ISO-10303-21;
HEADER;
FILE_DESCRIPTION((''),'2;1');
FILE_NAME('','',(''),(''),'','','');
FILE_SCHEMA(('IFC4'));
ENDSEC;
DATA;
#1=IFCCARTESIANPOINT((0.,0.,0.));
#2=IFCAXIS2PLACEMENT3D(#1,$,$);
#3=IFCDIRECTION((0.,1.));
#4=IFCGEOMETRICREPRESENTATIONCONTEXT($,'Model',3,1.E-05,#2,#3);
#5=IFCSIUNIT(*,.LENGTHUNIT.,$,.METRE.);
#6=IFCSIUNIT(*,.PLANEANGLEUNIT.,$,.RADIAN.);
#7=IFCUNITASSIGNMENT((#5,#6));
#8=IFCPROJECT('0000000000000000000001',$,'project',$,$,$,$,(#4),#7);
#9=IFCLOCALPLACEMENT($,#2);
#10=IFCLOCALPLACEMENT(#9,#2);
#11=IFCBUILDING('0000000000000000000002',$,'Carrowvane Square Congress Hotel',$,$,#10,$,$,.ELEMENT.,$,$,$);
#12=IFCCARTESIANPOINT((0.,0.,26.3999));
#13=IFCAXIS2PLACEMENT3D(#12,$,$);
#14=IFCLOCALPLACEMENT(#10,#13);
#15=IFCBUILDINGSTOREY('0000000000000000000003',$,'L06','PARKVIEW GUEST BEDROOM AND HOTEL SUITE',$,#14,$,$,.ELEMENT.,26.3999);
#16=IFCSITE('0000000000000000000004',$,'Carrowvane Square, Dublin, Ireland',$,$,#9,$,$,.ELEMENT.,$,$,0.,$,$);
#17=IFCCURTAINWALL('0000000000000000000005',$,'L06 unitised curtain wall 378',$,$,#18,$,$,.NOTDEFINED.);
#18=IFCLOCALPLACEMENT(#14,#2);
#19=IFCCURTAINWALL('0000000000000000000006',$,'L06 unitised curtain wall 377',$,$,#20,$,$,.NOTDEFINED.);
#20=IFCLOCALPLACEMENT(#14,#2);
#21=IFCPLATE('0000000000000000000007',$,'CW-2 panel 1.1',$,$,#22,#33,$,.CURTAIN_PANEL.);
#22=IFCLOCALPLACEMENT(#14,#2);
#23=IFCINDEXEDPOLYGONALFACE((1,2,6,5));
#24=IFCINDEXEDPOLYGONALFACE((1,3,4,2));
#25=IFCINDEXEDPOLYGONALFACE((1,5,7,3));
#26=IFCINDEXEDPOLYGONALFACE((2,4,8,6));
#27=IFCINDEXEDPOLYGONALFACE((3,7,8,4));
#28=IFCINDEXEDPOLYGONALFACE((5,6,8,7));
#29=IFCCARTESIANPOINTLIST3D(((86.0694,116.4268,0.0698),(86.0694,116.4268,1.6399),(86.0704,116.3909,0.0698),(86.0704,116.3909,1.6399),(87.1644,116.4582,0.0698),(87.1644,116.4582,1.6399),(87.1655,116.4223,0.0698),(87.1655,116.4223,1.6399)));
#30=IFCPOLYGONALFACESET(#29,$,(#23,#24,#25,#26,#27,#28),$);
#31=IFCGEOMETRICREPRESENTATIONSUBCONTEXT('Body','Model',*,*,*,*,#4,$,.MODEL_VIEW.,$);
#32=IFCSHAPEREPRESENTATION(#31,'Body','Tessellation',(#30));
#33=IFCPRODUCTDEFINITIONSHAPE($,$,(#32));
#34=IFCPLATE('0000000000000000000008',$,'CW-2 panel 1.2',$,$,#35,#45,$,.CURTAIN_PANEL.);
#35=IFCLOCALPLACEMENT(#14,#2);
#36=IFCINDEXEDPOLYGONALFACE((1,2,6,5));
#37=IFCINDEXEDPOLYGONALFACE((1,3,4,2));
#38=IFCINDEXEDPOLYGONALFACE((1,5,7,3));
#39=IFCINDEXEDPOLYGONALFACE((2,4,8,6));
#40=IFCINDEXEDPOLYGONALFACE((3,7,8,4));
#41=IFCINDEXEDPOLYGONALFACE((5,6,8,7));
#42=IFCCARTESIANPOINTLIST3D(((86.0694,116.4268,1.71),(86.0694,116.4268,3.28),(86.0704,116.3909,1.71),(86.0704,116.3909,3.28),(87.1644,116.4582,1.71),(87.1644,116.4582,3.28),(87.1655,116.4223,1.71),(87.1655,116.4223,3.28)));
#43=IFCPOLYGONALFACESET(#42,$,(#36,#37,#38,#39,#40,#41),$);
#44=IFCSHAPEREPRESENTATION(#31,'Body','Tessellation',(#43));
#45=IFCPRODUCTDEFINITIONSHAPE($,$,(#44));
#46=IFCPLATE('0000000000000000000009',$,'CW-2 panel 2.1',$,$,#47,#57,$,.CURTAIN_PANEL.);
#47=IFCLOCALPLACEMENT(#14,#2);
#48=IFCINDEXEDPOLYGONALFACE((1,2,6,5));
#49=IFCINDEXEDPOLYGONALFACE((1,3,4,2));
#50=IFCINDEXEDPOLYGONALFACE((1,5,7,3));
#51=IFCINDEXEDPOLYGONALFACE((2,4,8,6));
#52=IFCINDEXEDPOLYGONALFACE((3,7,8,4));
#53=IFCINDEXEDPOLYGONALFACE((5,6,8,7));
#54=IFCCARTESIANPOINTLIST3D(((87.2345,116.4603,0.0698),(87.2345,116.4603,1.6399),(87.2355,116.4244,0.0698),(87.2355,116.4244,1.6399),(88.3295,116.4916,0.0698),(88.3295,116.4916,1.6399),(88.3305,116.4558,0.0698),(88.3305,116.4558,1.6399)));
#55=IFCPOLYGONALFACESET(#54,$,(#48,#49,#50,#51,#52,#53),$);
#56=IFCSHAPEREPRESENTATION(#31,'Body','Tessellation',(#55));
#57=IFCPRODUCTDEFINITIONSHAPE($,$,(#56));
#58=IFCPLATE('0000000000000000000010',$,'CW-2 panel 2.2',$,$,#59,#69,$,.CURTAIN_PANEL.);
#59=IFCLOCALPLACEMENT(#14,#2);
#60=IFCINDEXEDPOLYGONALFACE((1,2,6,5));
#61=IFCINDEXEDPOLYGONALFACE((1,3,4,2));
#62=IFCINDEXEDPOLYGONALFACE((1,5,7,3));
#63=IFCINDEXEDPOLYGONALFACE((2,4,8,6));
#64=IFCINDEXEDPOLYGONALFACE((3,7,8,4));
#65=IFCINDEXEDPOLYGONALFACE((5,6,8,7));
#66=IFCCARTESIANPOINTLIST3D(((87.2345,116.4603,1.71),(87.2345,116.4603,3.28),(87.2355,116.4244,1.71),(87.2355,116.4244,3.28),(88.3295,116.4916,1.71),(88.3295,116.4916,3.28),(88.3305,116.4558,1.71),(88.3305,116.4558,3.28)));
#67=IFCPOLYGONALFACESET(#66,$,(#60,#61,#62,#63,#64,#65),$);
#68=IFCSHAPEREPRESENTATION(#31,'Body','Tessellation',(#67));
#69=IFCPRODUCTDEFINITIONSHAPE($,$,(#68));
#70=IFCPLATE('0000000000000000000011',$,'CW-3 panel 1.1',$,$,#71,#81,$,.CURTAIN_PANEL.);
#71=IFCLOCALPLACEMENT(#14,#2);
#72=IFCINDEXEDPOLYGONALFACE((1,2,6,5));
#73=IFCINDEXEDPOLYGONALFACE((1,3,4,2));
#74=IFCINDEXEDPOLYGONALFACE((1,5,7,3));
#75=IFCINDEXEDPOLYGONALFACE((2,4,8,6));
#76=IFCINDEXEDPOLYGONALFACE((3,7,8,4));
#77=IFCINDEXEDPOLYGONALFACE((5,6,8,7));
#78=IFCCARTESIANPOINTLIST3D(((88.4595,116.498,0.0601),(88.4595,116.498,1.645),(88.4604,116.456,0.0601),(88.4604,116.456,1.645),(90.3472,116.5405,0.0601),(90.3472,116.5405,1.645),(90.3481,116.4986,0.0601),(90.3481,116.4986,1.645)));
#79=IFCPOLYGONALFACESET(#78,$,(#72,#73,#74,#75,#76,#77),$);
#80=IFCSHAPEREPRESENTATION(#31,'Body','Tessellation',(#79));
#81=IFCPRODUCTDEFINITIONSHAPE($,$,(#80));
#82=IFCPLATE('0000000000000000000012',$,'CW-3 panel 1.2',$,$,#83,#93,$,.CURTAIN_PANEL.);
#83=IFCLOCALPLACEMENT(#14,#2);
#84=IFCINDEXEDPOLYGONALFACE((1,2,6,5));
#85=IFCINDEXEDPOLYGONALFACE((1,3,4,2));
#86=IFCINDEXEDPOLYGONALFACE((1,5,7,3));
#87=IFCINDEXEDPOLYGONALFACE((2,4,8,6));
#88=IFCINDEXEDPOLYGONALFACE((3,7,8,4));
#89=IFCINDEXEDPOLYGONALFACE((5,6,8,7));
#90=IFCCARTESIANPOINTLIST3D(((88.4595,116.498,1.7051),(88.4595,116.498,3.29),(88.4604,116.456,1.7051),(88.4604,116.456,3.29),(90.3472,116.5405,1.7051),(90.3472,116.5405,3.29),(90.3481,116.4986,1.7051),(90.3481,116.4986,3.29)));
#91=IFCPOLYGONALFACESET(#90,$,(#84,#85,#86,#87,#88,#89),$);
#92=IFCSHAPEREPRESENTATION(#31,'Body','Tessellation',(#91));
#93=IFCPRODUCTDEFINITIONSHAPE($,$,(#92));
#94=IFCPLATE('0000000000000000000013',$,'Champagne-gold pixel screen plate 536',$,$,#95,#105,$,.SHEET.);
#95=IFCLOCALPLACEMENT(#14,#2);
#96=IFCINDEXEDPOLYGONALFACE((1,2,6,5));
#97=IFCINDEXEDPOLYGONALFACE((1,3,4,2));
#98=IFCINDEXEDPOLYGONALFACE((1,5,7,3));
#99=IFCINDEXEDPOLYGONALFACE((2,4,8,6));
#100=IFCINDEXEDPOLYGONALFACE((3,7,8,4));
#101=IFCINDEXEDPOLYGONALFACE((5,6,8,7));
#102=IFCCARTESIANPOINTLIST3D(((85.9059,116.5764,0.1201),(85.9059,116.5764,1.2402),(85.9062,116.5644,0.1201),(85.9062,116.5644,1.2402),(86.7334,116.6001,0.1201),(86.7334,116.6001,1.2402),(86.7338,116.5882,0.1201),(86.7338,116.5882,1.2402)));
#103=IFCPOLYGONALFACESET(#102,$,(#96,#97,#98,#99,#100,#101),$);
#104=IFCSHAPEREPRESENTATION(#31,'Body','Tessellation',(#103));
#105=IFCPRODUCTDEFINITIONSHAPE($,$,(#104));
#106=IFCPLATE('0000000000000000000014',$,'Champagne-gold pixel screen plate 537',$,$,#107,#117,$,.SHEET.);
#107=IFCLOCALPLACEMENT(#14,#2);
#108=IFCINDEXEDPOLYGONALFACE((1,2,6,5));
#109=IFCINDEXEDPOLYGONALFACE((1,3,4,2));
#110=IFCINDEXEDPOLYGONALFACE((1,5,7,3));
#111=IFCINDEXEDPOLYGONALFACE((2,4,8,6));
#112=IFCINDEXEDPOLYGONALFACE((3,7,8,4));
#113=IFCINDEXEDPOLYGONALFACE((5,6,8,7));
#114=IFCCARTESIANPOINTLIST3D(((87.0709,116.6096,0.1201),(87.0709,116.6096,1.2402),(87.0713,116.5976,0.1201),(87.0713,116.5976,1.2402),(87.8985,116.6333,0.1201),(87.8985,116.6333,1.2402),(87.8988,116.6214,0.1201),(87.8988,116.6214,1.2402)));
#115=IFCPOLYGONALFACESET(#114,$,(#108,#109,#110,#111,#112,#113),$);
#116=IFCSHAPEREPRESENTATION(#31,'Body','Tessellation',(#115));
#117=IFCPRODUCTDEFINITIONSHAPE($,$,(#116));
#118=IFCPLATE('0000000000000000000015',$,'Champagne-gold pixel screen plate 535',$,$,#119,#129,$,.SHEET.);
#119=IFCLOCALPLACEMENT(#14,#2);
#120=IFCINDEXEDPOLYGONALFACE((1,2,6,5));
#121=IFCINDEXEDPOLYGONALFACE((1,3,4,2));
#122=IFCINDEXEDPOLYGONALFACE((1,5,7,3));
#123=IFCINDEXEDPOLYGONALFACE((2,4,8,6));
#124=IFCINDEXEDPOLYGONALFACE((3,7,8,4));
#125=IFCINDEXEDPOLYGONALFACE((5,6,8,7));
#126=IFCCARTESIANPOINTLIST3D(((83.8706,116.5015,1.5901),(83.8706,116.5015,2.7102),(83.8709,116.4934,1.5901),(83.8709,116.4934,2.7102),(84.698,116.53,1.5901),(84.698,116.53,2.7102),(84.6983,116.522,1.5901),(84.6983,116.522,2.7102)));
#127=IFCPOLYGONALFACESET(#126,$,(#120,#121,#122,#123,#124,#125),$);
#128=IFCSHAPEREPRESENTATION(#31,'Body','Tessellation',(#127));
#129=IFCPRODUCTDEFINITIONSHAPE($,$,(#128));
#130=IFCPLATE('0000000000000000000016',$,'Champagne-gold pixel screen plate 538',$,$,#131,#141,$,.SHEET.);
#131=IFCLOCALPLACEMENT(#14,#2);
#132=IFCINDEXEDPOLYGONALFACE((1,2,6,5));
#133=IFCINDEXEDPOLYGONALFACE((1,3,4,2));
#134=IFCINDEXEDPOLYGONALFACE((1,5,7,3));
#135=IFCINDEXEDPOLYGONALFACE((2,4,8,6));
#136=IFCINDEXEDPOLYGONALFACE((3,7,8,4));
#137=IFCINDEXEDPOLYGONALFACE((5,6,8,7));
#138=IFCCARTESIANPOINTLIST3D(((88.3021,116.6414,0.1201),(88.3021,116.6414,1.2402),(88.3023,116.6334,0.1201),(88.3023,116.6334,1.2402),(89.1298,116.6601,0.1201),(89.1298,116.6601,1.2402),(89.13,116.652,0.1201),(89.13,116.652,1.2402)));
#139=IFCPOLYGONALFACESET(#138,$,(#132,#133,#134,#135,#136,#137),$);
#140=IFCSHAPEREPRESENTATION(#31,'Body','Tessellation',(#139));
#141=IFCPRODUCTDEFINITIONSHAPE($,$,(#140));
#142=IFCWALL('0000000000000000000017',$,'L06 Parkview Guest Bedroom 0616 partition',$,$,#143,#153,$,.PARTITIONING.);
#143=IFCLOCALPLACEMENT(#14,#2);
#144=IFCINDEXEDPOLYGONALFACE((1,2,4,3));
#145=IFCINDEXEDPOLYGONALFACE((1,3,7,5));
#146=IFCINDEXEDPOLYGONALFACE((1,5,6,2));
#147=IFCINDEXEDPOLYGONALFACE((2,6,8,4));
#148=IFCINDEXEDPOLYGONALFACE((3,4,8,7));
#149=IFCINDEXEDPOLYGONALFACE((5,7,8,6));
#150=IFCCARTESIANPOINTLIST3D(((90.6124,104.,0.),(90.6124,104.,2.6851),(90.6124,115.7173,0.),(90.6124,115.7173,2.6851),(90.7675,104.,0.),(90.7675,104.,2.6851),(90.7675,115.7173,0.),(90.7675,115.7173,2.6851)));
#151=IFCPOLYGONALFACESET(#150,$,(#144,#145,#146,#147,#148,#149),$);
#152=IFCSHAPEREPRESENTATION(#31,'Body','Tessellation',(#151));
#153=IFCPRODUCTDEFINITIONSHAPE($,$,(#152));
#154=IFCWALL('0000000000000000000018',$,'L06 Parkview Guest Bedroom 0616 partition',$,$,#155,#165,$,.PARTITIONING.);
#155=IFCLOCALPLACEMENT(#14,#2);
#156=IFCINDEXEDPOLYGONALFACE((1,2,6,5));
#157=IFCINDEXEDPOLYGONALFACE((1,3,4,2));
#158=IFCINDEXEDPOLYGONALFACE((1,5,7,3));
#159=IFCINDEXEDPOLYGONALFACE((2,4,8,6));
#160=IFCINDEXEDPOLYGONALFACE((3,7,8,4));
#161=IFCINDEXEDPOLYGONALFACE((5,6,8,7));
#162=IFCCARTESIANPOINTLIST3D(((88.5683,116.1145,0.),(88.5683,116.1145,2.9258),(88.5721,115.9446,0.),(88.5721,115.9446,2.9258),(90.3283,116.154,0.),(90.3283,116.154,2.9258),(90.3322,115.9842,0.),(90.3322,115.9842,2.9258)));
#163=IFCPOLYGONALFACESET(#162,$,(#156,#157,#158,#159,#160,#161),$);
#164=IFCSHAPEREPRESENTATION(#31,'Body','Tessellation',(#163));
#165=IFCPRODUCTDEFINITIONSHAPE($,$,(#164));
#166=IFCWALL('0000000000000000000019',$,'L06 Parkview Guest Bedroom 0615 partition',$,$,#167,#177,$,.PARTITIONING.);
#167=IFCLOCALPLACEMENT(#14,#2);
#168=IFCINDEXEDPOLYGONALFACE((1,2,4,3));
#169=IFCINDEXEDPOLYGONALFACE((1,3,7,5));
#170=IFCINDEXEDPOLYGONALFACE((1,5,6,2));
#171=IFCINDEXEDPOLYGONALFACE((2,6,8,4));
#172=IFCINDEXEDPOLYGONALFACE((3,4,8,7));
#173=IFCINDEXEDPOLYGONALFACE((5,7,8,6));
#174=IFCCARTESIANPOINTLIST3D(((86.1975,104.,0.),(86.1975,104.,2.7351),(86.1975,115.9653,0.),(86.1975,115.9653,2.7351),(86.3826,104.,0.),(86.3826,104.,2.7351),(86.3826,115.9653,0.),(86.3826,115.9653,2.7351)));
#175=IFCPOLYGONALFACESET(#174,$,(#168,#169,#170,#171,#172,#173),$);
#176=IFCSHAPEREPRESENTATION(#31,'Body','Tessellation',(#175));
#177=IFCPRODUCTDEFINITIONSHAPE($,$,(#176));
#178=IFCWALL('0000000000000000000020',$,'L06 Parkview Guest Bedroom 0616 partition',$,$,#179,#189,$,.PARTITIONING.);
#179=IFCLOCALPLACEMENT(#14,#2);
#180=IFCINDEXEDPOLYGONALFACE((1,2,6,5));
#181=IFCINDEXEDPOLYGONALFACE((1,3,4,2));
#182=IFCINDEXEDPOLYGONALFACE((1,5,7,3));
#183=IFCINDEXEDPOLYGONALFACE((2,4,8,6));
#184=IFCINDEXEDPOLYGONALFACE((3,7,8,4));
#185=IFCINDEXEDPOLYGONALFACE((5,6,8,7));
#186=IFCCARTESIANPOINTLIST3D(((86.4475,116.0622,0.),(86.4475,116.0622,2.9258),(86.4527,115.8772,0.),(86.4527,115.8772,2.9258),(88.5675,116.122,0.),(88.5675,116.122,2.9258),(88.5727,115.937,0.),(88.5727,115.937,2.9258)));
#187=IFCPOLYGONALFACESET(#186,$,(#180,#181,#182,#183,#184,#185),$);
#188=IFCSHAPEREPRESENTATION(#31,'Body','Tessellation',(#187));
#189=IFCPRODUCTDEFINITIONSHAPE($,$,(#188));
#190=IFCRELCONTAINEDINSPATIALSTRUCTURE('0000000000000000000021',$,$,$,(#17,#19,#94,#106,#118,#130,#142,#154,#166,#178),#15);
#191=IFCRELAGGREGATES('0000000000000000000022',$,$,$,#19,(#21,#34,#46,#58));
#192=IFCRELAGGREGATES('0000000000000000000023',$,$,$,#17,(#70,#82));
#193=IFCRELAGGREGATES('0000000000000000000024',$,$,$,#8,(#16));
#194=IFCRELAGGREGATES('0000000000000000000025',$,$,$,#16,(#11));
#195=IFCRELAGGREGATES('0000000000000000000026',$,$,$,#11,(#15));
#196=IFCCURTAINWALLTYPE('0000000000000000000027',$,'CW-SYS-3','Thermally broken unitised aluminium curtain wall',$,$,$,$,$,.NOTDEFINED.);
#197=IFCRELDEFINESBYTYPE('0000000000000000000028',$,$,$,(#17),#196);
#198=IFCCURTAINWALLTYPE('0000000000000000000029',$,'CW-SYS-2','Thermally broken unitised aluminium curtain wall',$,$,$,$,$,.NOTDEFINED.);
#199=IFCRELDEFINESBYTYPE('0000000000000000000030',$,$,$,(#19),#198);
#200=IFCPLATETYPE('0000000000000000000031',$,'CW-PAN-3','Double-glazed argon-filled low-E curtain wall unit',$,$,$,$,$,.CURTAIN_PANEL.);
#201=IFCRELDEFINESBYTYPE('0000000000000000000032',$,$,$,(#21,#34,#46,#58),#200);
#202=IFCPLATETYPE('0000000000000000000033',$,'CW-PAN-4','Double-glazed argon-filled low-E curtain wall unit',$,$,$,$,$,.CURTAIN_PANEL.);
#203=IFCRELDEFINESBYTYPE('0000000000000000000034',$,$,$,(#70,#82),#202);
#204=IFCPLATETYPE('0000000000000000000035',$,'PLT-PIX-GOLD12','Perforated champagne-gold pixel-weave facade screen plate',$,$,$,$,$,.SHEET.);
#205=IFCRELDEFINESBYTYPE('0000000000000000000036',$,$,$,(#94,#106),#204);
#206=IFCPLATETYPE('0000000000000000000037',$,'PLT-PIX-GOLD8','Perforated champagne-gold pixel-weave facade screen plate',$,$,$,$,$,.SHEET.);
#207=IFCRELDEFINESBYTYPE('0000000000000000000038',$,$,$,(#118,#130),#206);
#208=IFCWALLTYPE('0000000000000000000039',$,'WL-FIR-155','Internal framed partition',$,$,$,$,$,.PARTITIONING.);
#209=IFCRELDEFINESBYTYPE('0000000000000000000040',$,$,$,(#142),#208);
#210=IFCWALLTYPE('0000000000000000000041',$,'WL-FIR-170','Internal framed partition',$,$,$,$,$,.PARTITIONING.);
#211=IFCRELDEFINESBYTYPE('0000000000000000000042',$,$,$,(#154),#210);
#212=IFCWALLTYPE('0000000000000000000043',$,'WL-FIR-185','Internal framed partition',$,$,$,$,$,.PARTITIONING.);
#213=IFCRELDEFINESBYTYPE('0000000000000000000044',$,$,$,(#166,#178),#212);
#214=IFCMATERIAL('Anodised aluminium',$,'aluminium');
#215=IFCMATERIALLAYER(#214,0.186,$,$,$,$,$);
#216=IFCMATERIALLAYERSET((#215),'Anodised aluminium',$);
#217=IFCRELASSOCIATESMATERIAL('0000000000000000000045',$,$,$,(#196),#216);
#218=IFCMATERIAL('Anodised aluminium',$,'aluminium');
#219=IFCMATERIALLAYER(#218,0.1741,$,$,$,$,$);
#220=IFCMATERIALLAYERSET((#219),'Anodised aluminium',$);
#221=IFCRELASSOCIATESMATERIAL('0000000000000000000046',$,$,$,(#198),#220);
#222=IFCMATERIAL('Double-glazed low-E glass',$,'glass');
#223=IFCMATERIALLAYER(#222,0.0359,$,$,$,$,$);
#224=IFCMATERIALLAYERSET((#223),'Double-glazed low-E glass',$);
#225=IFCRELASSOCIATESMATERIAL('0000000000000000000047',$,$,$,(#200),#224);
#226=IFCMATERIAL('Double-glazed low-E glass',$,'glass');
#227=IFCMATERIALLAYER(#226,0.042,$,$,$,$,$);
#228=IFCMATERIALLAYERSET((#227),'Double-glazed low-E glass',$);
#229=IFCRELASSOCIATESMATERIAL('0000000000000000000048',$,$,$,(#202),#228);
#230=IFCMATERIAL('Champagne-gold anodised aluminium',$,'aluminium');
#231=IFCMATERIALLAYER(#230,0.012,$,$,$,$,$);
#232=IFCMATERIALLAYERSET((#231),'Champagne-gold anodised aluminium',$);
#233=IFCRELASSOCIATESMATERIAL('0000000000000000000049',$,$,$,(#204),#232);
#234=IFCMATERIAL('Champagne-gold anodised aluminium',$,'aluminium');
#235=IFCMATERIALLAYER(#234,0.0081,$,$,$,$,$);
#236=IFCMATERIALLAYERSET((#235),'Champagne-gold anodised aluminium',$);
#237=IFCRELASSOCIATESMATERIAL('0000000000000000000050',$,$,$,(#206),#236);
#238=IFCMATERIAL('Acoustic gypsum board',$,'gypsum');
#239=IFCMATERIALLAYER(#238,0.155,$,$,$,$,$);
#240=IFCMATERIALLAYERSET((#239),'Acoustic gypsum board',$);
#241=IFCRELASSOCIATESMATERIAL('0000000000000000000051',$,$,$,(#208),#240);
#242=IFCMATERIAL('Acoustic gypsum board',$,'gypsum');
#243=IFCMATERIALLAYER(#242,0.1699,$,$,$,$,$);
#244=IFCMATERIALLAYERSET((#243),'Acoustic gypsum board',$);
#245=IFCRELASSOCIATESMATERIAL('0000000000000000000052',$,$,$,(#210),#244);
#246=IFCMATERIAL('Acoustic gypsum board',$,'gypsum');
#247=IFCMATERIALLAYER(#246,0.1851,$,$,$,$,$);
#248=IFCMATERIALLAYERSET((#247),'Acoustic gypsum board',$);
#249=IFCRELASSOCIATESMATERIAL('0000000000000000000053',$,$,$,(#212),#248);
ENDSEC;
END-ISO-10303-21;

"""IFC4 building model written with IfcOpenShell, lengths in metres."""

from ifc_helpers import new_model, si_unit, direction, frame, frame_2d, origin, origin_2d, place, context, subcontext, project, spatial, rectangle, extrude, material, layer, layer_set, type_object, element, aggregate, save


model = new_model("IFC4")

# Units and contexts
model_context = context("Model", 3, precision=1e-05, world=origin(), true_north=direction((0.0, 1.0)))
body_context = subcontext(model_context, "Body", "Model", "MODEL_VIEW")
ifc_project = project(units=[si_unit("LENGTHUNIT", "METRE"), si_unit("PLANEANGLEUNIT", "RADIAN")], contexts=[model_context])

# Site, building, storey
site_placement = place(None, origin())
site = spatial("IfcSite", under=ifc_project, at=site_placement, Name="Carrowvane Square, Dublin, Ireland", CompositionType="ELEMENT", RefElevation=0.0)
building_placement = place(site_placement, origin())
building = spatial("IfcBuilding", under=site, at=building_placement, Name="Carrowvane Square Congress Hotel", CompositionType="ELEMENT")
storey_placement = place(building_placement, frame((0.0, 0.0, 26.3999)))
storey = spatial("IfcBuildingStorey", under=building, at=storey_placement, Name="L06", Description="PARKVIEW GUEST BEDROOM AND HOTEL SUITE", CompositionType="ELEMENT", Elevation=26.3999)

# Curtain walls
ifc_material_1 = material(Name="Anodised aluminium", Category="aluminium")
ifc_layer_1 = layer(ifc_material_1, 0.186)
ifc_layer_set_1 = layer_set([ifc_layer_1], Name="Anodised aluminium")
curtain_wall_type_1 = type_object("IfcCurtainWallType", Name="CW-SYS-3", Description="Thermally broken unitised aluminium curtain wall", PredefinedType="NOTDEFINED", material=ifc_layer_set_1)
curtain_wall_1_placement = place(storey_placement, origin())
curtain_wall_1 = element("IfcCurtainWall", 1, at=curtain_wall_1_placement, inside=storey, type_object=curtain_wall_type_1, Name="L06 unitised curtain wall 378", PredefinedType="NOTDEFINED")
ifc_material_2 = material(Name="Anodised aluminium", Category="aluminium")
ifc_layer_2 = layer(ifc_material_2, 0.1741)
ifc_layer_set_2 = layer_set([ifc_layer_2], Name="Anodised aluminium")
curtain_wall_type_2 = type_object("IfcCurtainWallType", Name="CW-SYS-2", Description="Thermally broken unitised aluminium curtain wall", PredefinedType="NOTDEFINED", material=ifc_layer_set_2)
curtain_wall_2_placement = place(storey_placement, origin())
curtain_wall_2 = element("IfcCurtainWall", 2, at=curtain_wall_2_placement, inside=storey, type_object=curtain_wall_type_2, Name="L06 unitised curtain wall 377", PredefinedType="NOTDEFINED")

# Plates
ifc_material_3 = material(Name="Double-glazed low-E glass", Category="glass")
ifc_layer_3 = layer(ifc_material_3, 0.0359)
ifc_layer_set_3 = layer_set([ifc_layer_3], Name="Double-glazed low-E glass")
plate_type_1 = type_object("IfcPlateType", Name="CW-PAN-3", Description="Double-glazed argon-filled low-E curtain wall unit", PredefinedType="CURTAIN_PANEL", material=ifc_layer_set_3)
plate_1_placement = place(storey_placement, frame((86.6174, 116.4246, 0.0698), z_axis=(0.0, 0.0, 1.0), x_axis=(0.99959, 0.028638, 0.0)))
plate_1 = element("IfcPlate", 3, at=plate_1_placement, type_object=plate_type_1, Name="CW-2 panel 1.1", PredefinedType="CURTAIN_PANEL", context=body_context, shape_type="SweptSolid", body=[
    extrude(rectangle(XDim=1.0955, YDim=0.0359, at=origin_2d()), origin(), (0.0, 0.0, 1.0), 1.5701),
])
plate_2_placement = place(storey_placement, frame((86.6174, 116.4246, 1.71), z_axis=(0.0, 0.0, 1.0), x_axis=(0.99959, 0.028638, 0.0)))
plate_2 = element("IfcPlate", 4, at=plate_2_placement, type_object=plate_type_1, Name="CW-2 panel 1.2", PredefinedType="CURTAIN_PANEL", context=body_context, shape_type="SweptSolid", body=[
    extrude(rectangle(XDim=1.0955, YDim=0.0359, at=origin_2d()), origin(), (0.0, 0.0, 1.0), 1.5701),
])
plate_3_placement = place(storey_placement, frame((87.7825, 116.458, 0.0698), z_axis=(0.0, 0.0, 1.0), x_axis=(0.99959, 0.028638, 0.0)))
plate_3 = element("IfcPlate", 5, at=plate_3_placement, type_object=plate_type_1, Name="CW-2 panel 2.1", PredefinedType="CURTAIN_PANEL", context=body_context, shape_type="SweptSolid", body=[
    extrude(rectangle(XDim=1.0955, YDim=0.0359, at=origin_2d()), origin(), (0.0, 0.0, 1.0), 1.5701),
])
plate_4_placement = place(storey_placement, frame((87.7825, 116.458, 1.71), z_axis=(0.0, 0.0, 1.0), x_axis=(0.99959, 0.028638, 0.0)))
plate_4 = element("IfcPlate", 6, at=plate_4_placement, type_object=plate_type_1, Name="CW-2 panel 2.2", PredefinedType="CURTAIN_PANEL", context=body_context, shape_type="SweptSolid", body=[
    extrude(rectangle(XDim=1.0955, YDim=0.0359, at=origin_2d()), origin(), (0.0, 0.0, 1.0), 1.5701),
])
aggregate(curtain_wall_2, [plate_1, plate_2, plate_3, plate_4])
ifc_material_4 = material(Name="Double-glazed low-E glass", Category="glass")
ifc_layer_4 = layer(ifc_material_4, 0.042)
ifc_layer_set_4 = layer_set([ifc_layer_4], Name="Double-glazed low-E glass")
plate_type_2 = type_object("IfcPlateType", Name="CW-PAN-4", Description="Double-glazed argon-filled low-E curtain wall unit", PredefinedType="CURTAIN_PANEL", material=ifc_layer_set_4)
plate_5_placement = place(storey_placement, frame((89.4038, 116.4983, 0.0601), z_axis=(0.0, 0.0, 1.0), x_axis=(0.999746, 0.022518, 0.0)))
plate_5 = element("IfcPlate", 7, at=plate_5_placement, type_object=plate_type_2, Name="CW-3 panel 1.1", PredefinedType="CURTAIN_PANEL", context=body_context, shape_type="SweptSolid", body=[
    extrude(rectangle(XDim=1.8882, YDim=0.042, at=origin_2d()), origin(), (0.0, 0.0, 1.0), 1.585),
])
plate_6_placement = place(storey_placement, frame((89.4038, 116.4983, 1.7051), z_axis=(0.0, 0.0, 1.0), x_axis=(0.999746, 0.022518, 0.0)))
plate_6 = element("IfcPlate", 8, at=plate_6_placement, type_object=plate_type_2, Name="CW-3 panel 1.2", PredefinedType="CURTAIN_PANEL", context=body_context, shape_type="SweptSolid", body=[
    extrude(rectangle(XDim=1.8882, YDim=0.042, at=origin_2d()), origin(), (0.0, 0.0, 1.0), 1.585),
])
aggregate(curtain_wall_1, [plate_5, plate_6])

# Plates
ifc_material_5 = material(Name="Champagne-gold anodised aluminium", Category="aluminium")
ifc_layer_5 = layer(ifc_material_5, 0.012)
ifc_layer_set_5 = layer_set([ifc_layer_5], Name="Champagne-gold anodised aluminium")
plate_type_3 = type_object("IfcPlateType", Name="PLT-PIX-GOLD12", Description="Perforated champagne-gold pixel-weave facade screen plate", PredefinedType="SHEET", material=ifc_layer_set_5)
for number, where, z_axis, x_axis, name in (
    (9, (86.3198, 116.5823, 0.1201), (0.0, 0.0, 1.0), (0.99959, 0.028639, 0.0), "Champagne-gold pixel screen plate 536"),
    (10, (87.4849, 116.6155, 0.1201), (0.0, 0.0, 1.0), (0.99959, 0.028639, 0.0), "Champagne-gold pixel screen plate 537"),
):
    element("IfcPlate", number, at=place(storey_placement, frame(where, z_axis=z_axis, x_axis=x_axis)), inside=storey, type_object=plate_type_3, Name=name, PredefinedType="SHEET", context=body_context, shape_type="SweptSolid", body=[
        extrude(rectangle(XDim=0.8279, YDim=0.012, at=origin_2d()), origin(), (0.0, 0.0, 1.0), 1.1201),
    ])
ifc_material_6 = material(Name="Champagne-gold anodised aluminium", Category="aluminium")
ifc_layer_6 = layer(ifc_material_6, 0.0081)
ifc_layer_set_6 = layer_set([ifc_layer_6], Name="Champagne-gold anodised aluminium")
plate_type_4 = type_object("IfcPlateType", Name="PLT-PIX-GOLD8", Description="Perforated champagne-gold pixel-weave facade screen plate", PredefinedType="SHEET", material=ifc_layer_set_6)
for number, where, z_axis, x_axis, name in (
    (11, (84.2844, 116.5117, 1.5901), (0.0, 0.0, 1.0), (0.999404, 0.034527, 0.0), "Champagne-gold pixel screen plate 535"),
    (12, (88.7161, 116.6467, 0.1201), (0.0, 0.0, 1.0), (0.999746, 0.022519, 0.0), "Champagne-gold pixel screen plate 538"),
):
    element("IfcPlate", number, at=place(storey_placement, frame(where, z_axis=z_axis, x_axis=x_axis)), inside=storey, type_object=plate_type_4, Name=name, PredefinedType="SHEET", context=body_context, shape_type="SweptSolid", body=[
        extrude(rectangle(XDim=0.8279, YDim=0.0081, at=origin_2d()), origin(), (0.0, 0.0, 1.0), 1.1201),
    ])

# Walls
ifc_material_7 = material(Name="Acoustic gypsum board", Category="gypsum")
ifc_layer_7 = layer(ifc_material_7, 0.155)
ifc_layer_set_7 = layer_set([ifc_layer_7], Name="Acoustic gypsum board")
wall_type_1 = type_object("IfcWallType", Name="WL-FIR-155", Description="Internal framed partition", PredefinedType="PARTITIONING", material=ifc_layer_set_7)
wall_1_placement = place(storey_placement, frame((90.6899, 115.7173, 0.0), z_axis=(0.0, 0.0, 1.0), x_axis=(0.0, -1.0, 0.0)))
element("IfcWall", 13, at=wall_1_placement, inside=storey, type_object=wall_type_1, Name="L06 Parkview Guest Bedroom 0616 partition", PredefinedType="PARTITIONING", context=body_context, shape_type="SweptSolid", body=[
    extrude(rectangle(XDim=11.7173, YDim=0.155, at=frame_2d((5.8586, 0.0))), origin(), (0.0, 0.0, 1.0), 2.6851),
])
ifc_material_8 = material(Name="Acoustic gypsum board", Category="gypsum")
ifc_layer_8 = layer(ifc_material_8, 0.1699)
ifc_layer_set_8 = layer_set([ifc_layer_8], Name="Acoustic gypsum board")
wall_type_2 = type_object("IfcWallType", Name="WL-FIR-170", Description="Internal framed partition", PredefinedType="PARTITIONING", material=ifc_layer_set_8)
wall_2_placement = place(storey_placement, frame((88.5701, 116.0295, 0.0), z_axis=(0.0, 0.0, 1.0), x_axis=(0.999748, 0.022466, 0.0)))
element("IfcWall", 14, at=wall_2_placement, inside=storey, type_object=wall_type_2, Name="L06 Parkview Guest Bedroom 0616 partition", PredefinedType="PARTITIONING", context=body_context, shape_type="SweptSolid", body=[
    extrude(rectangle(XDim=1.7605, YDim=0.1699, at=frame_2d((0.8804, 0.0))), origin(), (0.0, 0.0, 1.0), 2.9258),
])
ifc_material_9 = material(Name="Acoustic gypsum board", Category="gypsum")
ifc_layer_9 = layer(ifc_material_9, 0.1851)
ifc_layer_set_9 = layer_set([ifc_layer_9], Name="Acoustic gypsum board")
wall_type_3 = type_object("IfcWallType", Name="WL-FIR-185", Description="Internal framed partition", PredefinedType="PARTITIONING", material=ifc_layer_set_9)
wall_3_placement = place(storey_placement, frame((86.29, 115.9653, 0.0), z_axis=(0.0, 0.0, 1.0), x_axis=(0.0, -1.0, 0.0)))
element("IfcWall", 15, at=wall_3_placement, inside=storey, type_object=wall_type_3, Name="L06 Parkview Guest Bedroom 0615 partition", PredefinedType="PARTITIONING", context=body_context, shape_type="SweptSolid", body=[
    extrude(rectangle(XDim=11.9653, YDim=0.1851, at=frame_2d((5.9827, 0.0))), origin(), (0.0, 0.0, 1.0), 2.7351),
])
wall_4_placement = place(storey_placement, frame((86.45, 115.9697, 0.0), z_axis=(0.0, 0.0, 1.0), x_axis=(0.999602, 0.028202, 0.0)))
element("IfcWall", 16, at=wall_4_placement, inside=storey, type_object=wall_type_3, Name="L06 Parkview Guest Bedroom 0616 partition", PredefinedType="PARTITIONING", context=body_context, shape_type="SweptSolid", body=[
    extrude(rectangle(XDim=2.1208, YDim=0.1851, at=frame_2d((1.0605, 0.0))), origin(), (0.0, 0.0, 1.0), 2.9258),
])

save(model, "model.ifc")
